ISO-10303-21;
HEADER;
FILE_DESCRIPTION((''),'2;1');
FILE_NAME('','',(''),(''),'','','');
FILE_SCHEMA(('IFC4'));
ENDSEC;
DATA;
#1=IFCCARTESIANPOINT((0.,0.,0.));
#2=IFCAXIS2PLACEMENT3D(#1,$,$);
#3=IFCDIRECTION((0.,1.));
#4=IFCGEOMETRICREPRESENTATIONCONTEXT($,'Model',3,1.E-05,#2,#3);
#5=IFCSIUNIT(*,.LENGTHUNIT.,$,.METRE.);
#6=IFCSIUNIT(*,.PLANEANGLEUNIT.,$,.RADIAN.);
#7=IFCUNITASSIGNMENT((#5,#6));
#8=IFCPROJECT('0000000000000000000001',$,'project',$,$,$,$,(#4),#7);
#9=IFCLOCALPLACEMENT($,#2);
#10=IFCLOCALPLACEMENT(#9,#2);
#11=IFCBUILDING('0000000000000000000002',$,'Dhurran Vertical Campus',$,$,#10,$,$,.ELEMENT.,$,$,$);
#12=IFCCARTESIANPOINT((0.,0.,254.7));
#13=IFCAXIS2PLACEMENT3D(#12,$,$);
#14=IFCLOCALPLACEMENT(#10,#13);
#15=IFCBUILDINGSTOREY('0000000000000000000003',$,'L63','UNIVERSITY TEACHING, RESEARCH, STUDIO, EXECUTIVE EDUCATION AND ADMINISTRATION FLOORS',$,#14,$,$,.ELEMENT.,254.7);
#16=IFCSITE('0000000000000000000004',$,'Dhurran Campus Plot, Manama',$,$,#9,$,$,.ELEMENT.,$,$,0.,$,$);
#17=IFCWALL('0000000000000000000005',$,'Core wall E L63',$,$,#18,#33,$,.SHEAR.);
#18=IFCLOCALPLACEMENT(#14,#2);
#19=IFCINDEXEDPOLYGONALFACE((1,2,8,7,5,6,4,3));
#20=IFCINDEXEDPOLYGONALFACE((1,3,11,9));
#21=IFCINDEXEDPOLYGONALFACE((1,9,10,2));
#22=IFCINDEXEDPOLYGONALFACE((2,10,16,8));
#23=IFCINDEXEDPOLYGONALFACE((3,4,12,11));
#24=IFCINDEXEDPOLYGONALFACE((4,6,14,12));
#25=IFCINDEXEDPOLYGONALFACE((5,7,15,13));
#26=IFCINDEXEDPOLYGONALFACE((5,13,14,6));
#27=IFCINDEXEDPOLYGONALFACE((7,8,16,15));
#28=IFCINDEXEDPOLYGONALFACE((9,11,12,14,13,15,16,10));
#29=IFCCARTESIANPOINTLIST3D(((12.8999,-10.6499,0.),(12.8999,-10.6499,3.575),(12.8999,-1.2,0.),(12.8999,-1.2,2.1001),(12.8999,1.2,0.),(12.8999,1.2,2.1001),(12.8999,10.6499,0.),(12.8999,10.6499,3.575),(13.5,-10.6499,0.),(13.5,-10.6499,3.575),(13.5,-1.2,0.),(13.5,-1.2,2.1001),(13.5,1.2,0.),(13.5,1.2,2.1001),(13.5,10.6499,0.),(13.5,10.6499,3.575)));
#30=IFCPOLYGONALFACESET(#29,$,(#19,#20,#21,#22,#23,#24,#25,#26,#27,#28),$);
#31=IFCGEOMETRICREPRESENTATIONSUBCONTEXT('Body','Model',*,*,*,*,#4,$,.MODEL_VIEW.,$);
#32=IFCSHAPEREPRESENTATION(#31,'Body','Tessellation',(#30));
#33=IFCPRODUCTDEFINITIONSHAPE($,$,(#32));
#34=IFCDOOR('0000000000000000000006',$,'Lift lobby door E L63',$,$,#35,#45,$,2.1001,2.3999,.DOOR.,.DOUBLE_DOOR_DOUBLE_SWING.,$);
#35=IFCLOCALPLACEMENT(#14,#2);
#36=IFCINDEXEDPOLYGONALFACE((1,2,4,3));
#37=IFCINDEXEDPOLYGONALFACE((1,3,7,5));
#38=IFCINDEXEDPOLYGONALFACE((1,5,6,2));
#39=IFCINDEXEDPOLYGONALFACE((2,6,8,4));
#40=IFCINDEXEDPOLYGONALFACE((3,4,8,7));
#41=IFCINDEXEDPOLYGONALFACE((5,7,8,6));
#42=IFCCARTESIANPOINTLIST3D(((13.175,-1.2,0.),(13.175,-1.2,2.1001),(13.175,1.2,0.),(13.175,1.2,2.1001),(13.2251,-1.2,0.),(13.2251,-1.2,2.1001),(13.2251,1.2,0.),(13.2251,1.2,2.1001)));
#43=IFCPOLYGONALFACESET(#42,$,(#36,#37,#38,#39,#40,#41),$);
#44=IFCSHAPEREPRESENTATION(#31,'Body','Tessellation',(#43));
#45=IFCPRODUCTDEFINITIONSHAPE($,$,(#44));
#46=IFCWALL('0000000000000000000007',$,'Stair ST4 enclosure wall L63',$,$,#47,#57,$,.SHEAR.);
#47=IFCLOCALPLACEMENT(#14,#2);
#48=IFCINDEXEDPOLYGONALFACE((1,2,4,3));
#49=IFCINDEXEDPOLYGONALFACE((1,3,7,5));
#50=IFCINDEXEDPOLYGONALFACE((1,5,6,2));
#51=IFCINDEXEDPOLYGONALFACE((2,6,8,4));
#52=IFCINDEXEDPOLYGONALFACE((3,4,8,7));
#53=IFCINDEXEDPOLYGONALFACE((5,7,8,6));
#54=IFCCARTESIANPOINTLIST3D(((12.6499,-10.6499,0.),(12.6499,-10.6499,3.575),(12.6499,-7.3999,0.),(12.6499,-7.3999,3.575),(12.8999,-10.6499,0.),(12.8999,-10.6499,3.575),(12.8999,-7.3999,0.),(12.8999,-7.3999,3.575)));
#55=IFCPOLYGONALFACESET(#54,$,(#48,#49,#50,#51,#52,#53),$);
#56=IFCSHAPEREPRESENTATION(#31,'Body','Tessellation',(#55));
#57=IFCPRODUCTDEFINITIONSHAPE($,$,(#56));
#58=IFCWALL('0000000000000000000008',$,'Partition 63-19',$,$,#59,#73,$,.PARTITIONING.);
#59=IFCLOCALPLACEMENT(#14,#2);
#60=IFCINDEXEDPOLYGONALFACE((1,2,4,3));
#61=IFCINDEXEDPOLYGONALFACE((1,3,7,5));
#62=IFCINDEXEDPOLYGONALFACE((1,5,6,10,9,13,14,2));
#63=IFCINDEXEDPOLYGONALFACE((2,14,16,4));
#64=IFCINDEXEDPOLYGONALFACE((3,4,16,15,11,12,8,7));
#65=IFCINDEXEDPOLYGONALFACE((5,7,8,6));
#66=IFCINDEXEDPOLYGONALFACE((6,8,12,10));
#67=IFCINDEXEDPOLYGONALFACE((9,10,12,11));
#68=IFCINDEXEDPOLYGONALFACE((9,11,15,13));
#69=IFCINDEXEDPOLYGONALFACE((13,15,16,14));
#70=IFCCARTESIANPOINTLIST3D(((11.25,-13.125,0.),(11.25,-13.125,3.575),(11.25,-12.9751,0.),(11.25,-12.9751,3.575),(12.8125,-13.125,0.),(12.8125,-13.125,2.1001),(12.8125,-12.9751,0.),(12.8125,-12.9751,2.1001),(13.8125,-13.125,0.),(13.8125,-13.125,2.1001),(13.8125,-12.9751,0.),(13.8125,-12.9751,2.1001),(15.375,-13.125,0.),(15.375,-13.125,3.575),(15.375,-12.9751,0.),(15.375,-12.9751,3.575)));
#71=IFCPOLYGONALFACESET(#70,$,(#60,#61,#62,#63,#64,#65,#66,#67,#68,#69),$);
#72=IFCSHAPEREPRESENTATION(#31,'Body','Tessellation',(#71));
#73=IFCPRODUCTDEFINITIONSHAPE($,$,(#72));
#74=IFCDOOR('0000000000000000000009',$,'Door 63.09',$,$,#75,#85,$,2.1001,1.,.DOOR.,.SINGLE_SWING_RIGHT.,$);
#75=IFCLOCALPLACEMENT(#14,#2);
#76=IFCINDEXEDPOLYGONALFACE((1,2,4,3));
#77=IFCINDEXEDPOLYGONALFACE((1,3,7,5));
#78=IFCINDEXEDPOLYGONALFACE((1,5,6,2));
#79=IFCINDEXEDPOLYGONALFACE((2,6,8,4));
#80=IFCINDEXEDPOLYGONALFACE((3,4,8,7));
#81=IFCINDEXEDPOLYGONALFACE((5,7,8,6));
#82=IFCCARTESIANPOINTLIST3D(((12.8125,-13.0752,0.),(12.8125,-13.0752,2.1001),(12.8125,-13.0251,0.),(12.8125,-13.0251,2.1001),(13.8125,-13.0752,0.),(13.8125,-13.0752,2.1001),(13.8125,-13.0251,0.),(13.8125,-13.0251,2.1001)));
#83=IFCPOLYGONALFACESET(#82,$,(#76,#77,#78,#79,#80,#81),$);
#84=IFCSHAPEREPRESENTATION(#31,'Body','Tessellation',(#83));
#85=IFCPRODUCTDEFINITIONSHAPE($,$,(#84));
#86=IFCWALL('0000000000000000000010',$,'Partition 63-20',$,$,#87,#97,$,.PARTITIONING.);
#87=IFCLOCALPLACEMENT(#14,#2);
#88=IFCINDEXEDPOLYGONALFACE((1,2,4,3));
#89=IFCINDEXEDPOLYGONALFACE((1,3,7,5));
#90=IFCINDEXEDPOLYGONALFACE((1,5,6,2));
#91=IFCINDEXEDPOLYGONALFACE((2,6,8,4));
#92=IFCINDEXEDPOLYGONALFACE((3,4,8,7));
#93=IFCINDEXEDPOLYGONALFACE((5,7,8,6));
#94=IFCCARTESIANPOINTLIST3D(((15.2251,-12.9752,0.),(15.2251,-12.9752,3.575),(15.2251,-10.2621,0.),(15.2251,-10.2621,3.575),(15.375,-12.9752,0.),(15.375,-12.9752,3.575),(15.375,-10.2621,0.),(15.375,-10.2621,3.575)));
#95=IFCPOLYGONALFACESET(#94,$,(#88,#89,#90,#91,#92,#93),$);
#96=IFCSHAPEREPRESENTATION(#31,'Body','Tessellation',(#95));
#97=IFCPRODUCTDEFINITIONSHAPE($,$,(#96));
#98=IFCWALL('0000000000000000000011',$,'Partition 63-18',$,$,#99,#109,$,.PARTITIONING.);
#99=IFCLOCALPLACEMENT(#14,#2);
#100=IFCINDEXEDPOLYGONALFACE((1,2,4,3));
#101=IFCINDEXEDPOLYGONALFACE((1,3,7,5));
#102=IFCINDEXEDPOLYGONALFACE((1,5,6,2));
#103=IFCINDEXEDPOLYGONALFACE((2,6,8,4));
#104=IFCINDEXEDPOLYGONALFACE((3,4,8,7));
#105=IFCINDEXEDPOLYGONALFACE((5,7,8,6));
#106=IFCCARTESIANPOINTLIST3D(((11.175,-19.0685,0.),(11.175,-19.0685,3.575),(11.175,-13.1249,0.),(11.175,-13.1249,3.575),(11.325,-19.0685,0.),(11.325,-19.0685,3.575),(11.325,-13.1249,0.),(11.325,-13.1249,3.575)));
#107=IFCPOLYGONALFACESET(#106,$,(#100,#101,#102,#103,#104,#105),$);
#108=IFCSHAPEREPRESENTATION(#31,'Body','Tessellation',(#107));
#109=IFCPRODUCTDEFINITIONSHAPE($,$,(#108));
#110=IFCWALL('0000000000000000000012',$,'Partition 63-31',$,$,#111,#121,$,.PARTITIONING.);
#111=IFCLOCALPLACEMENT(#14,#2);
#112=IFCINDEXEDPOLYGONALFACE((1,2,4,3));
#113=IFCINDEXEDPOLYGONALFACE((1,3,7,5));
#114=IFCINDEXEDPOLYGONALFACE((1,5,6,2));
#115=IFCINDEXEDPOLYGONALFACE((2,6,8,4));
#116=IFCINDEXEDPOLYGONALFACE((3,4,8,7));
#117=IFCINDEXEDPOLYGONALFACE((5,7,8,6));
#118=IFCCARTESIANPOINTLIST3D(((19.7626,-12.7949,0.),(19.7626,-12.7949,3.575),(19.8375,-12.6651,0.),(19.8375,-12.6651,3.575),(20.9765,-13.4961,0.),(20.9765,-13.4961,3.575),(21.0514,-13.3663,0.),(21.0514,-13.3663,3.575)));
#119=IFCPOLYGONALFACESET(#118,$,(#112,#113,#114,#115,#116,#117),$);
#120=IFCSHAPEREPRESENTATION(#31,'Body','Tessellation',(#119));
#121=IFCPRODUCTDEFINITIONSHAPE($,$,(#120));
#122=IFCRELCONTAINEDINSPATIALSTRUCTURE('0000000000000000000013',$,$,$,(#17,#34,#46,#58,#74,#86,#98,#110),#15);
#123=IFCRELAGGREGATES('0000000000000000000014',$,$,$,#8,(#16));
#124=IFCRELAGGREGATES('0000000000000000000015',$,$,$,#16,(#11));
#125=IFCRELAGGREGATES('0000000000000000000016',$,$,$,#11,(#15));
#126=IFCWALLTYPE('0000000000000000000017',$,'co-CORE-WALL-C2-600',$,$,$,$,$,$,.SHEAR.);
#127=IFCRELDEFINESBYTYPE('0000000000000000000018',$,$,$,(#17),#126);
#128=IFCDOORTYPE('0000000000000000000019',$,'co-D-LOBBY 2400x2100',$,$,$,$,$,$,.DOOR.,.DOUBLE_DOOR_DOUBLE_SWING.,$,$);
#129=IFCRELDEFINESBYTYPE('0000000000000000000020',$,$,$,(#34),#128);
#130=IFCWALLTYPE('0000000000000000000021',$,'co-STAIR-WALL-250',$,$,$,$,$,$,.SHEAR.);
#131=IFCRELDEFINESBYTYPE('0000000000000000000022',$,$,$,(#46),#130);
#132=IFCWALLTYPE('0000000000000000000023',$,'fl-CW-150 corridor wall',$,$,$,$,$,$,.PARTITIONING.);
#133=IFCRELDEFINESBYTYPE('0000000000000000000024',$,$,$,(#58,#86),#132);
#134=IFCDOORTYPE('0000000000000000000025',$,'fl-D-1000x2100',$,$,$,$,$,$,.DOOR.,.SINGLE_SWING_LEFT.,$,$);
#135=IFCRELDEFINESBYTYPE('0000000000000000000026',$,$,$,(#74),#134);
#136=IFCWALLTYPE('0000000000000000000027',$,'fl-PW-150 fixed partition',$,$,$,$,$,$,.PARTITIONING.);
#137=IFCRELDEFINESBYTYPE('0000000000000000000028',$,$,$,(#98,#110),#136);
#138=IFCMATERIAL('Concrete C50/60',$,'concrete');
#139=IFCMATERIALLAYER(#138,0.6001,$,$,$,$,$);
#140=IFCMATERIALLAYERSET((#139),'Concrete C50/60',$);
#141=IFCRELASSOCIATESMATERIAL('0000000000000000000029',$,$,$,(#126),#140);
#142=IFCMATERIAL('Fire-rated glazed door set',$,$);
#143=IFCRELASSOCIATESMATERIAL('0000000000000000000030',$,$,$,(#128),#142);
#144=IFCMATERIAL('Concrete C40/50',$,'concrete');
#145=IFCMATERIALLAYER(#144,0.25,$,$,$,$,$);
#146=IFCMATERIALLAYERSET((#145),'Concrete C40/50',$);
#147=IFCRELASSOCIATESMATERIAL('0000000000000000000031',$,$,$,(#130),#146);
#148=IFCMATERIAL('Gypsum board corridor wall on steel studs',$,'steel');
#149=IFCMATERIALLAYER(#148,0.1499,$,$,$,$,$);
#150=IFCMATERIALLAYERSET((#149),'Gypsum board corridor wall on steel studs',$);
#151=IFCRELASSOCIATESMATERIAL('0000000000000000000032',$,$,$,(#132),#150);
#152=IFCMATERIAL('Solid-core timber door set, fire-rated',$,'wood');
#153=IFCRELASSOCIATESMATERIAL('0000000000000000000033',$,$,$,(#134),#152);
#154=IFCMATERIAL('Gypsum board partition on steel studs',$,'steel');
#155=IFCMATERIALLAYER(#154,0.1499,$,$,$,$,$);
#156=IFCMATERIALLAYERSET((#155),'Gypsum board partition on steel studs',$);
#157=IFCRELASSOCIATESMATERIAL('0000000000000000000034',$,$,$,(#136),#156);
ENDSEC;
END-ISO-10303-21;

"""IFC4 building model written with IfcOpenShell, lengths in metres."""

from ifc_helpers import new_model, si_unit, direction, frame, frame_2d, origin, place, context, subcontext, project, spatial, rectangle, extrude, material, layer, layer_set, type_object, element, fill, save


model = new_model("IFC4")

# Units and contexts
model_context = context("Model", 3, precision=1e-05, world=origin(), true_north=direction((0.0, 1.0)))
body_context = subcontext(model_context, "Body", "Model", "MODEL_VIEW")
ifc_project = project(units=[si_unit("LENGTHUNIT", "METRE"), si_unit("PLANEANGLEUNIT", "RADIAN")], contexts=[model_context])

# Site, building, storey
site_placement = place(None, origin())
site = spatial("IfcSite", under=ifc_project, at=site_placement, Name="Dhurran Campus Plot, Manama", CompositionType="ELEMENT", RefElevation=0.0)
building_placement = place(site_placement, origin())
building = spatial("IfcBuilding", under=site, at=building_placement, Name="Dhurran Vertical Campus", CompositionType="ELEMENT")
storey_placement = place(building_placement, frame((0.0, 0.0, 254.7)))
storey = spatial("IfcBuildingStorey", under=building, at=storey_placement, Name="L63", Description="UNIVERSITY TEACHING, RESEARCH, STUDIO, EXECUTIVE EDUCATION AND ADMINISTRATION FLOORS", CompositionType="ELEMENT", Elevation=254.7)

# Wall, opening, door
ifc_material_1 = material(Name="Concrete C50/60", Category="concrete")
ifc_layer_1 = layer(ifc_material_1, 0.6001)
ifc_layer_set_1 = layer_set([ifc_layer_1], Name="Concrete C50/60")
wall_type_1 = type_object("IfcWallType", Name="co-CORE-WALL-C2-600", PredefinedType="SHEAR", material=ifc_layer_set_1)
wall_1_placement = place(storey_placement, frame((13.2, -10.6499, 0.0), z_axis=(0.0, 0.0, 1.0), x_axis=(0.0, 1.0, 0.0)))
wall_1 = element("IfcWall", 1, at=wall_1_placement, inside=storey, type_object=wall_type_1, Name="Core wall E L63", PredefinedType="SHEAR", context=body_context, shape_type="SweptSolid", body=[
    extrude(rectangle(XDim=21.2998, YDim=0.6001, at=frame_2d((10.6499, 0.0))), origin(), (0.0, 0.0, 1.0), 3.575),
])
opening_1_placement = place(wall_1_placement, frame((9.45, 0.0, 0.0)))
opening_1 = element("IfcOpeningElement", 2, at=opening_1_placement, cuts=wall_1, PredefinedType="OPENING", context=body_context, shape_type="SweptSolid", body=[
    extrude(rectangle(XDim=2.3999, YDim=2.1001, at=frame_2d((1.2, 1.05))), frame((0.0, 0.3101, 0.0), z_axis=(0.0, -1.0, 0.0), x_axis=(1.0, 0.0, 0.0)), (0.0, 0.0, 1.0), 0.6201),
])
ifc_material_2 = material(Name="Fire-rated glazed door set")
door_type_1 = type_object("IfcDoorType", Name="co-D-LOBBY 2400x2100", OperationType="DOUBLE_DOOR_DOUBLE_SWING", PredefinedType="DOOR", material=ifc_material_2)
door_1_placement = place(opening_1_placement, origin())
door_1 = element("IfcDoor", 3, at=door_1_placement, inside=storey, type_object=door_type_1, Name="Lift lobby door E L63", OperationType="DOUBLE_DOOR_DOUBLE_SWING", OverallHeight=2.1001, OverallWidth=2.3999, PredefinedType="DOOR", context=body_context, shape_type="SweptSolid", body=[
    extrude(rectangle(XDim=2.3999, YDim=2.1001, at=frame_2d((1.2, 1.05))), frame((0.0, 0.0249, 0.0), z_axis=(0.0, -1.0, 0.0), x_axis=(1.0, 0.0, 0.0)), (0.0, 0.0, 1.0), 0.05),
])
fill(opening_1, door_1)

# Wall
ifc_material_3 = material(Name="Concrete C40/50", Category="concrete")
ifc_layer_2 = layer(ifc_material_3, 0.25)
ifc_layer_set_2 = layer_set([ifc_layer_2], Name="Concrete C40/50")
wall_type_2 = type_object("IfcWallType", Name="co-STAIR-WALL-250", PredefinedType="SHEAR", material=ifc_layer_set_2)
wall_2_placement = place(storey_placement, frame((12.7749, -10.6499, 0.0), z_axis=(0.0, 0.0, 1.0), x_axis=(0.0, 1.0, 0.0)))
element("IfcWall", 4, at=wall_2_placement, inside=storey, type_object=wall_type_2, Name="Stair ST4 enclosure wall L63", PredefinedType="SHEAR", context=body_context, shape_type="SweptSolid", body=[
    extrude(rectangle(XDim=3.25, YDim=0.25, at=frame_2d((1.625, 0.0))), origin(), (0.0, 0.0, 1.0), 3.575),
])

# Wall, opening, door
ifc_material_4 = material(Name="Gypsum board corridor wall on steel studs", Category="steel")
ifc_layer_3 = layer(ifc_material_4, 0.1499)
ifc_layer_set_3 = layer_set([ifc_layer_3], Name="Gypsum board corridor wall on steel studs")
wall_type_3 = type_object("IfcWallType", Name="fl-CW-150 corridor wall", PredefinedType="PARTITIONING", material=ifc_layer_set_3)
wall_3_placement = place(storey_placement, frame((11.25, -13.05, 0.0), z_axis=(0.0, 0.0, 1.0), x_axis=(1.0, 0.0, 0.0)))
wall_3 = element("IfcWall", 5, at=wall_3_placement, inside=storey, type_object=wall_type_3, Name="Partition 63-19", PredefinedType="PARTITIONING", context=body_context, shape_type="SweptSolid", body=[
    extrude(rectangle(XDim=4.125, YDim=0.1499, at=frame_2d((2.0625, 0.0))), origin(), (0.0, 0.0, 1.0), 3.575),
])
opening_2_placement = place(wall_3_placement, frame((1.5625, 0.0, 0.0)))
opening_2 = element("IfcOpeningElement", 6, at=opening_2_placement, cuts=wall_3, PredefinedType="OPENING", context=body_context, shape_type="SweptSolid", body=[
    extrude(rectangle(XDim=1.0, YDim=2.1001, at=frame_2d((0.5, 1.05))), frame((0.0, 0.085, 0.0), z_axis=(0.0, -1.0, 0.0), x_axis=(1.0, 0.0, 0.0)), (0.0, 0.0, 1.0), 0.1699),
])
ifc_material_5 = material(Name="Solid-core timber door set, fire-rated", Category="wood")
door_type_2 = type_object("IfcDoorType", Name="fl-D-1000x2100", OperationType="SINGLE_SWING_LEFT", PredefinedType="DOOR", material=ifc_material_5)
door_2_placement = place(opening_2_placement, origin())
door_2 = element("IfcDoor", 7, at=door_2_placement, inside=storey, type_object=door_type_2, Name="Door 63.09", OperationType="SINGLE_SWING_RIGHT", OverallHeight=2.1001, OverallWidth=1.0, PredefinedType="DOOR", context=body_context, shape_type="SweptSolid", body=[
    extrude(rectangle(XDim=1.0, YDim=2.1001, at=frame_2d((0.5, 1.05))), frame((0.0, 0.0249, 0.0), z_axis=(0.0, -1.0, 0.0), x_axis=(1.0, 0.0, 0.0)), (0.0, 0.0, 1.0), 0.05),
])
fill(opening_2, door_2)

# Walls
wall_4_placement = place(storey_placement, frame((15.3, -12.9751, 0.0), z_axis=(0.0, 0.0, 1.0), x_axis=(0.0, 1.0, 0.0)))
element("IfcWall", 8, at=wall_4_placement, inside=storey, type_object=wall_type_3, Name="Partition 63-20", PredefinedType="PARTITIONING", context=body_context, shape_type="SweptSolid", body=[
    extrude(rectangle(XDim=2.7131, YDim=0.1499, at=frame_2d((1.3564, 0.0))), origin(), (0.0, 0.0, 1.0), 3.575),
])
ifc_material_6 = material(Name="Gypsum board partition on steel studs", Category="steel")
ifc_layer_4 = layer(ifc_material_6, 0.1499)
ifc_layer_set_4 = layer_set([ifc_layer_4], Name="Gypsum board partition on steel studs")
wall_type_4 = type_object("IfcWallType", Name="fl-PW-150 fixed partition", PredefinedType="PARTITIONING", material=ifc_layer_set_4)
wall_5_placement = place(storey_placement, frame((11.25, -13.125, 0.0), z_axis=(0.0, 0.0, 1.0), x_axis=(0.0, -1.0, 0.0)))
element("IfcWall", 9, at=wall_5_placement, inside=storey, type_object=wall_type_4, Name="Partition 63-18", PredefinedType="PARTITIONING", context=body_context, shape_type="SweptSolid", body=[
    extrude(rectangle(XDim=5.9436, YDim=0.1499, at=frame_2d((2.9717, 0.0))), origin(), (0.0, 0.0, 1.0), 3.575),
])
wall_6_placement = place(storey_placement, frame((19.8, -12.73, 0.0), z_axis=(0.0, 0.0, 1.0), x_axis=(0.865919, -0.500185, 0.0)))
element("IfcWall", 10, at=wall_6_placement, inside=storey, type_object=wall_type_4, Name="Partition 63-31", PredefinedType="PARTITIONING", context=body_context, shape_type="SweptSolid", body=[
    extrude(rectangle(XDim=1.4019, YDim=0.1499, at=frame_2d((0.7009, 0.0))), origin(), (0.0, 0.0, 1.0), 3.575),
])

save(model, "model.ifc")
